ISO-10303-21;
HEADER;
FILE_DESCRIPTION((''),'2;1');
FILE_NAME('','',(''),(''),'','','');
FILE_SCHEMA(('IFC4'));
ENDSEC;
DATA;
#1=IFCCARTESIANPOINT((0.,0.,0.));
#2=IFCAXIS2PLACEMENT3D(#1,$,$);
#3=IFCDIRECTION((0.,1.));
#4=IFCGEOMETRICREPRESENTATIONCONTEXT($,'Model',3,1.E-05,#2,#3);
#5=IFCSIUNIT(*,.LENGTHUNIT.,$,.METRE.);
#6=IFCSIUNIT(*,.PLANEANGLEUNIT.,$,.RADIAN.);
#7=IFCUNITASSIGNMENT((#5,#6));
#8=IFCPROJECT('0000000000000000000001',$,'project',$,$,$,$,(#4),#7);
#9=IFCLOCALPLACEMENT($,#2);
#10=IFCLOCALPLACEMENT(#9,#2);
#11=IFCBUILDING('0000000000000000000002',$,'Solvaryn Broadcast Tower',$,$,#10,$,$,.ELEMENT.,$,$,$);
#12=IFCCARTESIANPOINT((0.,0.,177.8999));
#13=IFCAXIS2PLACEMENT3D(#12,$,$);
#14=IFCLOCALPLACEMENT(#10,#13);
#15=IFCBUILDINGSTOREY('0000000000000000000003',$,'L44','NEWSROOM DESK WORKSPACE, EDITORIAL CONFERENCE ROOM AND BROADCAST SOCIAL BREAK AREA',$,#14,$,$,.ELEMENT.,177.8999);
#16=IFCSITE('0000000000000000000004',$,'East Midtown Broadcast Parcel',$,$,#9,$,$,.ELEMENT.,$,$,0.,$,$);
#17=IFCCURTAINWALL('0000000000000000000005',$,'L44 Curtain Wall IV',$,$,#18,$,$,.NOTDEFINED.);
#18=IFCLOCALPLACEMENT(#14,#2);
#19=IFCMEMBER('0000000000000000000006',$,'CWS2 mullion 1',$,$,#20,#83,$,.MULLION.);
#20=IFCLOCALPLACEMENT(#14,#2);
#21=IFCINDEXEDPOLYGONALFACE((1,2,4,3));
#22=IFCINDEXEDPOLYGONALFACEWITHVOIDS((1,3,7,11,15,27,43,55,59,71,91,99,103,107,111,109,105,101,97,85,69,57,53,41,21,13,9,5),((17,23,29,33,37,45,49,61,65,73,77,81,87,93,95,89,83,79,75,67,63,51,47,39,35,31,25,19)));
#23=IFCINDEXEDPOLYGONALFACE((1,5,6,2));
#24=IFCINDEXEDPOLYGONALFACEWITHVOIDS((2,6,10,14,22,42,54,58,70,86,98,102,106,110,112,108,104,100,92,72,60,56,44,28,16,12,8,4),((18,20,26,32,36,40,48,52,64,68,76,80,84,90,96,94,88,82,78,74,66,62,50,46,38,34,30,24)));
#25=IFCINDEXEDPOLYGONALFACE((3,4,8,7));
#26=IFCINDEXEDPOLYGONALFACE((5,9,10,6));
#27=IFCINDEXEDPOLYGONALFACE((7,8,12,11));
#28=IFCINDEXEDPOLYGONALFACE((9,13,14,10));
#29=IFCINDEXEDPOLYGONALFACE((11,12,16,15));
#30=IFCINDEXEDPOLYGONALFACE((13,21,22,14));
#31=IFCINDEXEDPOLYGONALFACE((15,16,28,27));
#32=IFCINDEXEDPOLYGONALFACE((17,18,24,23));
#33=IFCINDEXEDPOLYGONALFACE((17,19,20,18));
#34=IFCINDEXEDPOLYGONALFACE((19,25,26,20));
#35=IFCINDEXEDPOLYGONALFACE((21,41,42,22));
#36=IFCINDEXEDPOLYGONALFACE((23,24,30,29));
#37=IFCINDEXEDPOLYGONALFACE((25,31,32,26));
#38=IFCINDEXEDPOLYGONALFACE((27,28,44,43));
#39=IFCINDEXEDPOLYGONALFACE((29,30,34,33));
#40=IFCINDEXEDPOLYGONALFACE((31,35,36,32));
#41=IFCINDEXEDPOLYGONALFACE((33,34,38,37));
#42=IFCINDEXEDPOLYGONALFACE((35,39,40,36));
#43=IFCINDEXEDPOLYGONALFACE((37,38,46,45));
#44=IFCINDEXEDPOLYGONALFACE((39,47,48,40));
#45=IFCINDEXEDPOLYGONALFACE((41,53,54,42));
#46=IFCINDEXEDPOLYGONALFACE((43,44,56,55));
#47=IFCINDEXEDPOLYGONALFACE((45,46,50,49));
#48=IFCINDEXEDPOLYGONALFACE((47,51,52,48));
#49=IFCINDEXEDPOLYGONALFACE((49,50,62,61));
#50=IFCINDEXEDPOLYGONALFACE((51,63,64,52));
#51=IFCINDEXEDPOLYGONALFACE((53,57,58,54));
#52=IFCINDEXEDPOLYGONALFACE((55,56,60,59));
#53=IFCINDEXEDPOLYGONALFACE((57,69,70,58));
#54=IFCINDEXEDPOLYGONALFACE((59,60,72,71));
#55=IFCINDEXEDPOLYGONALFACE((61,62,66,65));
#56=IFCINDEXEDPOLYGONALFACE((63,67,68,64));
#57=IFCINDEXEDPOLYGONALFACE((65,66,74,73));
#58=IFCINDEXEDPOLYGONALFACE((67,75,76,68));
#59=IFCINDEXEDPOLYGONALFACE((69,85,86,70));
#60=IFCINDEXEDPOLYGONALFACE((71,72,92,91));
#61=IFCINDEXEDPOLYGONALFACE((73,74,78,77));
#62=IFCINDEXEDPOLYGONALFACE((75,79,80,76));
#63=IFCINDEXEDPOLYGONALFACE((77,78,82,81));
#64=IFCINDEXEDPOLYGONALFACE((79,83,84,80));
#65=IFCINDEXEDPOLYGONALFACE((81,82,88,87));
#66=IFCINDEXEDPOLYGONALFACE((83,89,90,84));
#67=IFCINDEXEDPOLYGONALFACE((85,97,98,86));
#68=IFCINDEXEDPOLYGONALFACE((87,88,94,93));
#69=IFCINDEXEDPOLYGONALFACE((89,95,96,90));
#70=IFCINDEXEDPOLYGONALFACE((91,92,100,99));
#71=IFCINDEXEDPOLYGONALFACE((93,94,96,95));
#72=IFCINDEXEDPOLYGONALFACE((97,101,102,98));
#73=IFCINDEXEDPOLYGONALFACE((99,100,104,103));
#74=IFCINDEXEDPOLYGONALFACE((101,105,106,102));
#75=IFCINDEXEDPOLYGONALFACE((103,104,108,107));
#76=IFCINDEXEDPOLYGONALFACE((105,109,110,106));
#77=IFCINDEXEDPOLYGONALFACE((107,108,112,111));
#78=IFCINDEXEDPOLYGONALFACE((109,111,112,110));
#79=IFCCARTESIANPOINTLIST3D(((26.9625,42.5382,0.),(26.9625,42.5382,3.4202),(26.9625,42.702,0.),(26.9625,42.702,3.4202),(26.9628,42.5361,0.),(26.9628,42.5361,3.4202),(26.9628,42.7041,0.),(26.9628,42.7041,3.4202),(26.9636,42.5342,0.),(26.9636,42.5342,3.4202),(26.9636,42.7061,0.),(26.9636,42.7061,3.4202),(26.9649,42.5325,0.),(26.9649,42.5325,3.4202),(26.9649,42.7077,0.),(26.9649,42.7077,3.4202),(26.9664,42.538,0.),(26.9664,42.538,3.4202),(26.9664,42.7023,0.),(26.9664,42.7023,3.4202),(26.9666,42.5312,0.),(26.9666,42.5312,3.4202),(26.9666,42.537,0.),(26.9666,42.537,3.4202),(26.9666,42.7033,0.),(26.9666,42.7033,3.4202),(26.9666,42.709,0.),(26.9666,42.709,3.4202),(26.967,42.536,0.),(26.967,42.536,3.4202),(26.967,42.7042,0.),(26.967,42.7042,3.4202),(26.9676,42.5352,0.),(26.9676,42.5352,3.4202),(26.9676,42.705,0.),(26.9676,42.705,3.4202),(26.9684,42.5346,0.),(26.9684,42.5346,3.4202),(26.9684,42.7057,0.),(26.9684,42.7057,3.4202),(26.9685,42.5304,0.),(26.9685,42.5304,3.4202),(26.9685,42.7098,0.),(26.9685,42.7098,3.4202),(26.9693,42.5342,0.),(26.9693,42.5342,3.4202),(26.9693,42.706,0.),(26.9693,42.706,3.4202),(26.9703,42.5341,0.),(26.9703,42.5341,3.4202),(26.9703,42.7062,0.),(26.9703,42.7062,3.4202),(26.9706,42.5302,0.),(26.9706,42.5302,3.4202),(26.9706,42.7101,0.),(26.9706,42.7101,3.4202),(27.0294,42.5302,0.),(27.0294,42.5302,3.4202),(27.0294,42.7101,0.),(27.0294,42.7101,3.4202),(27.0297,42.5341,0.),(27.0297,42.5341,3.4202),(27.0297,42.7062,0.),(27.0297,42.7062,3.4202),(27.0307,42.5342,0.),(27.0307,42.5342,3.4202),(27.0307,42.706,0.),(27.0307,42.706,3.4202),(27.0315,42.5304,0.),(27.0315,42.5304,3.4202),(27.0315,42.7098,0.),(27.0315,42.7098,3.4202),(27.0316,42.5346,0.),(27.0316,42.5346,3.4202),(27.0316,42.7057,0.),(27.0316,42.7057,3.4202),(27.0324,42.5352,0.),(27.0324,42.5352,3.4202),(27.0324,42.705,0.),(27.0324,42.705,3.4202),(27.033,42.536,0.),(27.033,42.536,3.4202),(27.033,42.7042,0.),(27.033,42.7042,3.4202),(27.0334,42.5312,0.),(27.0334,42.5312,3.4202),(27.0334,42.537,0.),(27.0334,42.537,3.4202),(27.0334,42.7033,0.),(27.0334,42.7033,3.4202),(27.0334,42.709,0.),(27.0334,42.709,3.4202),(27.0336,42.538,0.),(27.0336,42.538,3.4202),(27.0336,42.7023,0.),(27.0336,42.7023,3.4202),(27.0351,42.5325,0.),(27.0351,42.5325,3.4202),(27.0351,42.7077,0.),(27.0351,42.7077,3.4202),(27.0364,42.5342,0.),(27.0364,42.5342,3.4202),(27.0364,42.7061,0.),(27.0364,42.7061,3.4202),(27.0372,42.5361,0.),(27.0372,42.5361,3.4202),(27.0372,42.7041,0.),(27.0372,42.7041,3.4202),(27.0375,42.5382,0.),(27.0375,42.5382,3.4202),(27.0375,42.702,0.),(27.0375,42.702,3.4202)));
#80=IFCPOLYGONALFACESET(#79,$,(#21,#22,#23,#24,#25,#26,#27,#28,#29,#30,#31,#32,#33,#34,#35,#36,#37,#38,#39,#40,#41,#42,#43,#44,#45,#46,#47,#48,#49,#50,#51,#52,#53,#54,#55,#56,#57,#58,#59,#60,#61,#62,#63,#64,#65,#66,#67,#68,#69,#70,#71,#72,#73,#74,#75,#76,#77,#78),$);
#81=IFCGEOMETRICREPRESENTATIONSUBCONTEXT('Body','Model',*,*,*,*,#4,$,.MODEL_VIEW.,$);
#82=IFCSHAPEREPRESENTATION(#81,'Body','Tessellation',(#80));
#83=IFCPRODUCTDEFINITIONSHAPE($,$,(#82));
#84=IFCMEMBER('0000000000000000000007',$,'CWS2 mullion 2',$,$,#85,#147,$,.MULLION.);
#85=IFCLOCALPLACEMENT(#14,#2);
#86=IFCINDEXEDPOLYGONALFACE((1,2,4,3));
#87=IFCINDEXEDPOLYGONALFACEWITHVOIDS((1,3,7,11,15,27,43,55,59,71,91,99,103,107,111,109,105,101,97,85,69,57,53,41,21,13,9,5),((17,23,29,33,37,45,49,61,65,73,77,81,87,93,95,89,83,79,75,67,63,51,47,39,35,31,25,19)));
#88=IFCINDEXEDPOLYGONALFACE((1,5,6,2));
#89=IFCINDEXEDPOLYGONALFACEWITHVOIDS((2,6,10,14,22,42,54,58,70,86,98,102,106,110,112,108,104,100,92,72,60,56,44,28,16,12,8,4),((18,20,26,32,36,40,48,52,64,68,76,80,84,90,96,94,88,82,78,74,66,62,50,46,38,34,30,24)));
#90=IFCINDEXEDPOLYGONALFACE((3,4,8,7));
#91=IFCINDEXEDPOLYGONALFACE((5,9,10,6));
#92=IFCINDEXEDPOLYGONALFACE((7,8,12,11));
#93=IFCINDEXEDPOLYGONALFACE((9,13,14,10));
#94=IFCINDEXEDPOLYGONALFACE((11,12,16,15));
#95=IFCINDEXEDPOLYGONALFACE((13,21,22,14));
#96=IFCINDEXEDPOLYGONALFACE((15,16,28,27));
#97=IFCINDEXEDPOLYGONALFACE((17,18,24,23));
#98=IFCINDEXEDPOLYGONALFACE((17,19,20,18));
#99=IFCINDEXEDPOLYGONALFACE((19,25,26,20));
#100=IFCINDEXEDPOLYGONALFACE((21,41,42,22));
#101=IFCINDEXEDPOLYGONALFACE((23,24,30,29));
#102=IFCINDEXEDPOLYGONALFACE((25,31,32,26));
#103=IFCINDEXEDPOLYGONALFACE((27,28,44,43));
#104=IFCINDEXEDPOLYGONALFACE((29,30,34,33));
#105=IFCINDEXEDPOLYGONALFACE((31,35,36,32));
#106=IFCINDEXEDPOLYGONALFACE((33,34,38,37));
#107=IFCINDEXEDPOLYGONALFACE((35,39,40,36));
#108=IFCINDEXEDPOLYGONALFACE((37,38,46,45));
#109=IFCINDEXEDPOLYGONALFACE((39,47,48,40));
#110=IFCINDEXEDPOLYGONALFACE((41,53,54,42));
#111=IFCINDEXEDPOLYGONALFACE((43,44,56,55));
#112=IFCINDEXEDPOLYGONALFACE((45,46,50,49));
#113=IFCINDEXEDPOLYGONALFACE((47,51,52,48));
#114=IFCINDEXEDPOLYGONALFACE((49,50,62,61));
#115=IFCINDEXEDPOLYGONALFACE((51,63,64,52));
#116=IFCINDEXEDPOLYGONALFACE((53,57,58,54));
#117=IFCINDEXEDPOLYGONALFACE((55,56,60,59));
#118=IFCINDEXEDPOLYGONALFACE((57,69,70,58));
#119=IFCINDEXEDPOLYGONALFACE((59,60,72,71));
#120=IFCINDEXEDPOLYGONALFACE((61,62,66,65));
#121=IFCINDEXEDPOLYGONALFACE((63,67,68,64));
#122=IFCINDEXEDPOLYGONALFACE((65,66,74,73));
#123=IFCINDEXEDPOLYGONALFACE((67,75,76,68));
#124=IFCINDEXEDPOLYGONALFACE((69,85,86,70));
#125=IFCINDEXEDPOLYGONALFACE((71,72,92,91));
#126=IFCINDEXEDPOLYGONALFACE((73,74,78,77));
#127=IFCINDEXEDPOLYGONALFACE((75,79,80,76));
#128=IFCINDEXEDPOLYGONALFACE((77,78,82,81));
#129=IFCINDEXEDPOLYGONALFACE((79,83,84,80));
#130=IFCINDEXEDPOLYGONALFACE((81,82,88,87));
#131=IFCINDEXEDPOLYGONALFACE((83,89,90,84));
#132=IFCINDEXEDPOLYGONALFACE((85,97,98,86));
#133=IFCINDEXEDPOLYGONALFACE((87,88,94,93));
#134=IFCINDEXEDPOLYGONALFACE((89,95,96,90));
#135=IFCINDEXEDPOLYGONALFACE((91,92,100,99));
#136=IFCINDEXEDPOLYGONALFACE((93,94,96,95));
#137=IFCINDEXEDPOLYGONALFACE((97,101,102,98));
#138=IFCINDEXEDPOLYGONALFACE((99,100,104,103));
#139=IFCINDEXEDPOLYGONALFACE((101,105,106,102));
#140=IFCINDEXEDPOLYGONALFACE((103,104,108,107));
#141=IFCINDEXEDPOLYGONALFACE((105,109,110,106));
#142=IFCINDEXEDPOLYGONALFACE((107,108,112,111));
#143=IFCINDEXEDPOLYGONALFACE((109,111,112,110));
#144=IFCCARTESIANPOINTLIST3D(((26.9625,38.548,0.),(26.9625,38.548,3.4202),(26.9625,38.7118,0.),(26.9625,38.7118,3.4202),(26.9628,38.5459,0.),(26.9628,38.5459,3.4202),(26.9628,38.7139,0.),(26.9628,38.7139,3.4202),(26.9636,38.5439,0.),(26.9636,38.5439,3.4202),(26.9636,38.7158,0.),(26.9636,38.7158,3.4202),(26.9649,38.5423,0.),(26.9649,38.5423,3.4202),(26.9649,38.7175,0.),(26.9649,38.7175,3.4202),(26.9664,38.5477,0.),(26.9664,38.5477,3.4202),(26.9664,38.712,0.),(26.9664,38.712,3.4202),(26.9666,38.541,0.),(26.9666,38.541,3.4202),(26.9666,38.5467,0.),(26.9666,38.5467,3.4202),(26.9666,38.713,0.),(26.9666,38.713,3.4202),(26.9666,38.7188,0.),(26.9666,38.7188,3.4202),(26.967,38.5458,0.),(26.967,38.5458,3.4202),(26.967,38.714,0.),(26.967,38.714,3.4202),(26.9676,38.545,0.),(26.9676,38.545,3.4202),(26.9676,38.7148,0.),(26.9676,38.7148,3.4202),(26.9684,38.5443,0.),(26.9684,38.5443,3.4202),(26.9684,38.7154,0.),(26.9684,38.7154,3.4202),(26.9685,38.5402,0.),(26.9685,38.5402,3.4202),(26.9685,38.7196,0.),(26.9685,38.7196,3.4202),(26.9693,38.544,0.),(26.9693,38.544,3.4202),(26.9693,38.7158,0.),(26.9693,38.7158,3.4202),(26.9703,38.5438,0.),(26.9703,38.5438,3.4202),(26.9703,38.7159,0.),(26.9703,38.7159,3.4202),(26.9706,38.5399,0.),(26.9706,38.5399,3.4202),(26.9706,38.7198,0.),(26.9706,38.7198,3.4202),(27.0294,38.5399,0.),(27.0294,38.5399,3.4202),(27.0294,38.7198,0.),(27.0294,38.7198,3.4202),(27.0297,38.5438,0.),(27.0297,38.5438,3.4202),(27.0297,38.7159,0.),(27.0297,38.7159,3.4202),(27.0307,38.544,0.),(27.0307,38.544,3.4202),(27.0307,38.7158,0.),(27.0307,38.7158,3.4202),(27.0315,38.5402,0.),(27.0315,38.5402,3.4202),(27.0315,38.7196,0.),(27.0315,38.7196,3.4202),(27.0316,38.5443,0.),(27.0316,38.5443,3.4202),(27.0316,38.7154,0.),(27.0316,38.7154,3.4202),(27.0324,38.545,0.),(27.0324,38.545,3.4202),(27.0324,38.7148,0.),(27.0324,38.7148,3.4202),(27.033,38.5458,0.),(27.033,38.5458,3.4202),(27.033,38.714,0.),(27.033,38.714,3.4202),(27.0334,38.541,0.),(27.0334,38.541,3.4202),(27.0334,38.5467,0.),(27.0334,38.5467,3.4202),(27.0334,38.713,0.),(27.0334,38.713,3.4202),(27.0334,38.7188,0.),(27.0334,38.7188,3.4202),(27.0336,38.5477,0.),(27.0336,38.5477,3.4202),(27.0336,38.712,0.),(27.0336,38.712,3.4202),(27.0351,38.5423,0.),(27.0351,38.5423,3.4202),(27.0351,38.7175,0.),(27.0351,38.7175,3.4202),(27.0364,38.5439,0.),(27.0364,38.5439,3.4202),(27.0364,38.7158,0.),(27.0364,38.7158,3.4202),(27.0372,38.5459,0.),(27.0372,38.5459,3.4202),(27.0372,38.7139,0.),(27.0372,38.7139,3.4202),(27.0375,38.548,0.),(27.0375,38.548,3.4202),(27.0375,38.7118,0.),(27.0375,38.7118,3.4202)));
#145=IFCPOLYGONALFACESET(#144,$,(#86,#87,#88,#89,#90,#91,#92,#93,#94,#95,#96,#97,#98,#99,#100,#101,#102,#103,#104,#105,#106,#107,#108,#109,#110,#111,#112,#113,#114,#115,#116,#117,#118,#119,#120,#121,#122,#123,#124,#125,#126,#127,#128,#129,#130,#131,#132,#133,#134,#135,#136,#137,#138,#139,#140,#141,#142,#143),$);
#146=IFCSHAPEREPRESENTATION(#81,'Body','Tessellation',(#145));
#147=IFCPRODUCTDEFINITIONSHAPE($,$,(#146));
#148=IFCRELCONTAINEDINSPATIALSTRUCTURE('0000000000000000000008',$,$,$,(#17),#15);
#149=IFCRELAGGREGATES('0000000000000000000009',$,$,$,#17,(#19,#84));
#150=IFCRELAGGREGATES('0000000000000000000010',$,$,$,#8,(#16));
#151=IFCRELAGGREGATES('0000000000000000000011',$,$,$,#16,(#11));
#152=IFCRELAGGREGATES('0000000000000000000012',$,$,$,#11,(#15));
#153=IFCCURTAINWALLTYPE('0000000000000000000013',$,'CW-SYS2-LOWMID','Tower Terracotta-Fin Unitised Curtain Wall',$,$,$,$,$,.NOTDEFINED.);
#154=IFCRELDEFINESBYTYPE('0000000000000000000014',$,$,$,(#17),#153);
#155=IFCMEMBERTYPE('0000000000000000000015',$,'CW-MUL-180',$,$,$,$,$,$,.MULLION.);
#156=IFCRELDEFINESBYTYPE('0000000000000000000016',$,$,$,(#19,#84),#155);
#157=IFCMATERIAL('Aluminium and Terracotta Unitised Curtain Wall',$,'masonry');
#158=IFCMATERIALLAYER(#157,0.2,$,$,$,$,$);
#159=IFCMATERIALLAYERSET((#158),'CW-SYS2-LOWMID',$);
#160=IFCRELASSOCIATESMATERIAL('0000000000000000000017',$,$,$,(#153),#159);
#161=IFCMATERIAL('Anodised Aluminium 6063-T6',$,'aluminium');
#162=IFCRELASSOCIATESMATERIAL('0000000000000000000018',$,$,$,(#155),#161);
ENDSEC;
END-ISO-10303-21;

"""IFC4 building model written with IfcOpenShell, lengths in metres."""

from ifc_helpers import new_model, si_unit, direction, frame, origin, origin_2d, place, context, subcontext, project, spatial, hollow_rectangle, extrude, material, layer, layer_set, material_profile, profile_set, type_object, element, aggregate, save


model = new_model("IFC4")

# Units and contexts
model_context = context("Model", 3, precision=1e-05, world=origin(), true_north=direction((0.0, 1.0)))
body_context = subcontext(model_context, "Body", "Model", "MODEL_VIEW")
ifc_project = project(units=[si_unit("LENGTHUNIT", "METRE"), si_unit("PLANEANGLEUNIT", "RADIAN")], contexts=[model_context])

# Site, building, storey
site_placement = place(None, origin())
site = spatial("IfcSite", under=ifc_project, at=site_placement, Name="East Midtown Broadcast Parcel", CompositionType="ELEMENT", RefElevation=0.0)
building_placement = place(site_placement, origin())
building = spatial("IfcBuilding", under=site, at=building_placement, Name="Solvaryn Broadcast Tower", CompositionType="ELEMENT")
storey_placement = place(building_placement, frame((0.0, 0.0, 177.8999)))
storey = spatial("IfcBuildingStorey", under=building, at=storey_placement, Name="L44", Description="NEWSROOM DESK WORKSPACE, EDITORIAL CONFERENCE ROOM AND BROADCAST SOCIAL BREAK AREA", CompositionType="ELEMENT", Elevation=177.8999)

# Curtain wall, members
ifc_material_1 = material(Name="Aluminium and Terracotta Unitised Curtain Wall", Category="masonry")
ifc_layer_1 = layer(ifc_material_1, 0.2)
ifc_layer_set_1 = layer_set([ifc_layer_1], Name="CW-SYS2-LOWMID")
curtain_wall_type = type_object("IfcCurtainWallType", Name="CW-SYS2-LOWMID", Description="Tower Terracotta-Fin Unitised Curtain Wall", PredefinedType="NOTDEFINED", material=ifc_layer_set_1)
curtain_wall_1_placement = place(storey_placement, origin())
curtain_wall_1 = element("IfcCurtainWall", 1, at=curtain_wall_1_placement, inside=storey, type_object=curtain_wall_type, Name="L44 Curtain Wall IV", PredefinedType="NOTDEFINED")
ifc_material_2 = material(Name="Anodised Aluminium 6063-T6", Category="aluminium")
ifc_material_profile_1 = material_profile(ifc_material_2, hollow_rectangle(XDim=0.075, YDim=0.1799, WallThickness=0.0039, InnerFilletRadius=0.0039, OuterFilletRadius=0.0081, at=origin_2d()))
ifc_profile_set_1 = profile_set([ifc_material_profile_1], Name="Anodised Aluminium 6063-T6")
member_type_1 = type_object("IfcMemberType", Name="CW-MUL-180", PredefinedType="MULLION", material=ifc_profile_set_1)
member_1_placement = place(storey_placement, frame((27.0, 42.6201, 0.0), z_axis=(0.0, 0.0, 1.0), x_axis=(1.0, 0.0, 0.0)))
member_1 = element("IfcMember", 2, at=member_1_placement, type_object=member_type_1, Name="CWS2 mullion 1", PredefinedType="MULLION", context=body_context, shape_type="SweptSolid", body=[
    extrude(hollow_rectangle(XDim=0.075, YDim=0.1799, WallThickness=0.0039, InnerFilletRadius=0.0039, OuterFilletRadius=0.0081, at=origin_2d()), origin(), (0.0, 0.0, 1.0), 3.4202),
])
member_2_placement = place(storey_placement, frame((27.0, 38.6299, 0.0), z_axis=(0.0, 0.0, 1.0), x_axis=(1.0, 0.0, 0.0)))
member_2 = element("IfcMember", 3, at=member_2_placement, type_object=member_type_1, Name="CWS2 mullion 2", PredefinedType="MULLION", context=body_context, shape_type="SweptSolid", body=[
    extrude(hollow_rectangle(XDim=0.075, YDim=0.1799, WallThickness=0.0039, InnerFilletRadius=0.0039, OuterFilletRadius=0.0081, at=origin_2d()), origin(), (0.0, 0.0, 1.0), 3.4202),
])

aggregate(curtain_wall_1, [member_1, member_2])

save(model, "model.ifc")
